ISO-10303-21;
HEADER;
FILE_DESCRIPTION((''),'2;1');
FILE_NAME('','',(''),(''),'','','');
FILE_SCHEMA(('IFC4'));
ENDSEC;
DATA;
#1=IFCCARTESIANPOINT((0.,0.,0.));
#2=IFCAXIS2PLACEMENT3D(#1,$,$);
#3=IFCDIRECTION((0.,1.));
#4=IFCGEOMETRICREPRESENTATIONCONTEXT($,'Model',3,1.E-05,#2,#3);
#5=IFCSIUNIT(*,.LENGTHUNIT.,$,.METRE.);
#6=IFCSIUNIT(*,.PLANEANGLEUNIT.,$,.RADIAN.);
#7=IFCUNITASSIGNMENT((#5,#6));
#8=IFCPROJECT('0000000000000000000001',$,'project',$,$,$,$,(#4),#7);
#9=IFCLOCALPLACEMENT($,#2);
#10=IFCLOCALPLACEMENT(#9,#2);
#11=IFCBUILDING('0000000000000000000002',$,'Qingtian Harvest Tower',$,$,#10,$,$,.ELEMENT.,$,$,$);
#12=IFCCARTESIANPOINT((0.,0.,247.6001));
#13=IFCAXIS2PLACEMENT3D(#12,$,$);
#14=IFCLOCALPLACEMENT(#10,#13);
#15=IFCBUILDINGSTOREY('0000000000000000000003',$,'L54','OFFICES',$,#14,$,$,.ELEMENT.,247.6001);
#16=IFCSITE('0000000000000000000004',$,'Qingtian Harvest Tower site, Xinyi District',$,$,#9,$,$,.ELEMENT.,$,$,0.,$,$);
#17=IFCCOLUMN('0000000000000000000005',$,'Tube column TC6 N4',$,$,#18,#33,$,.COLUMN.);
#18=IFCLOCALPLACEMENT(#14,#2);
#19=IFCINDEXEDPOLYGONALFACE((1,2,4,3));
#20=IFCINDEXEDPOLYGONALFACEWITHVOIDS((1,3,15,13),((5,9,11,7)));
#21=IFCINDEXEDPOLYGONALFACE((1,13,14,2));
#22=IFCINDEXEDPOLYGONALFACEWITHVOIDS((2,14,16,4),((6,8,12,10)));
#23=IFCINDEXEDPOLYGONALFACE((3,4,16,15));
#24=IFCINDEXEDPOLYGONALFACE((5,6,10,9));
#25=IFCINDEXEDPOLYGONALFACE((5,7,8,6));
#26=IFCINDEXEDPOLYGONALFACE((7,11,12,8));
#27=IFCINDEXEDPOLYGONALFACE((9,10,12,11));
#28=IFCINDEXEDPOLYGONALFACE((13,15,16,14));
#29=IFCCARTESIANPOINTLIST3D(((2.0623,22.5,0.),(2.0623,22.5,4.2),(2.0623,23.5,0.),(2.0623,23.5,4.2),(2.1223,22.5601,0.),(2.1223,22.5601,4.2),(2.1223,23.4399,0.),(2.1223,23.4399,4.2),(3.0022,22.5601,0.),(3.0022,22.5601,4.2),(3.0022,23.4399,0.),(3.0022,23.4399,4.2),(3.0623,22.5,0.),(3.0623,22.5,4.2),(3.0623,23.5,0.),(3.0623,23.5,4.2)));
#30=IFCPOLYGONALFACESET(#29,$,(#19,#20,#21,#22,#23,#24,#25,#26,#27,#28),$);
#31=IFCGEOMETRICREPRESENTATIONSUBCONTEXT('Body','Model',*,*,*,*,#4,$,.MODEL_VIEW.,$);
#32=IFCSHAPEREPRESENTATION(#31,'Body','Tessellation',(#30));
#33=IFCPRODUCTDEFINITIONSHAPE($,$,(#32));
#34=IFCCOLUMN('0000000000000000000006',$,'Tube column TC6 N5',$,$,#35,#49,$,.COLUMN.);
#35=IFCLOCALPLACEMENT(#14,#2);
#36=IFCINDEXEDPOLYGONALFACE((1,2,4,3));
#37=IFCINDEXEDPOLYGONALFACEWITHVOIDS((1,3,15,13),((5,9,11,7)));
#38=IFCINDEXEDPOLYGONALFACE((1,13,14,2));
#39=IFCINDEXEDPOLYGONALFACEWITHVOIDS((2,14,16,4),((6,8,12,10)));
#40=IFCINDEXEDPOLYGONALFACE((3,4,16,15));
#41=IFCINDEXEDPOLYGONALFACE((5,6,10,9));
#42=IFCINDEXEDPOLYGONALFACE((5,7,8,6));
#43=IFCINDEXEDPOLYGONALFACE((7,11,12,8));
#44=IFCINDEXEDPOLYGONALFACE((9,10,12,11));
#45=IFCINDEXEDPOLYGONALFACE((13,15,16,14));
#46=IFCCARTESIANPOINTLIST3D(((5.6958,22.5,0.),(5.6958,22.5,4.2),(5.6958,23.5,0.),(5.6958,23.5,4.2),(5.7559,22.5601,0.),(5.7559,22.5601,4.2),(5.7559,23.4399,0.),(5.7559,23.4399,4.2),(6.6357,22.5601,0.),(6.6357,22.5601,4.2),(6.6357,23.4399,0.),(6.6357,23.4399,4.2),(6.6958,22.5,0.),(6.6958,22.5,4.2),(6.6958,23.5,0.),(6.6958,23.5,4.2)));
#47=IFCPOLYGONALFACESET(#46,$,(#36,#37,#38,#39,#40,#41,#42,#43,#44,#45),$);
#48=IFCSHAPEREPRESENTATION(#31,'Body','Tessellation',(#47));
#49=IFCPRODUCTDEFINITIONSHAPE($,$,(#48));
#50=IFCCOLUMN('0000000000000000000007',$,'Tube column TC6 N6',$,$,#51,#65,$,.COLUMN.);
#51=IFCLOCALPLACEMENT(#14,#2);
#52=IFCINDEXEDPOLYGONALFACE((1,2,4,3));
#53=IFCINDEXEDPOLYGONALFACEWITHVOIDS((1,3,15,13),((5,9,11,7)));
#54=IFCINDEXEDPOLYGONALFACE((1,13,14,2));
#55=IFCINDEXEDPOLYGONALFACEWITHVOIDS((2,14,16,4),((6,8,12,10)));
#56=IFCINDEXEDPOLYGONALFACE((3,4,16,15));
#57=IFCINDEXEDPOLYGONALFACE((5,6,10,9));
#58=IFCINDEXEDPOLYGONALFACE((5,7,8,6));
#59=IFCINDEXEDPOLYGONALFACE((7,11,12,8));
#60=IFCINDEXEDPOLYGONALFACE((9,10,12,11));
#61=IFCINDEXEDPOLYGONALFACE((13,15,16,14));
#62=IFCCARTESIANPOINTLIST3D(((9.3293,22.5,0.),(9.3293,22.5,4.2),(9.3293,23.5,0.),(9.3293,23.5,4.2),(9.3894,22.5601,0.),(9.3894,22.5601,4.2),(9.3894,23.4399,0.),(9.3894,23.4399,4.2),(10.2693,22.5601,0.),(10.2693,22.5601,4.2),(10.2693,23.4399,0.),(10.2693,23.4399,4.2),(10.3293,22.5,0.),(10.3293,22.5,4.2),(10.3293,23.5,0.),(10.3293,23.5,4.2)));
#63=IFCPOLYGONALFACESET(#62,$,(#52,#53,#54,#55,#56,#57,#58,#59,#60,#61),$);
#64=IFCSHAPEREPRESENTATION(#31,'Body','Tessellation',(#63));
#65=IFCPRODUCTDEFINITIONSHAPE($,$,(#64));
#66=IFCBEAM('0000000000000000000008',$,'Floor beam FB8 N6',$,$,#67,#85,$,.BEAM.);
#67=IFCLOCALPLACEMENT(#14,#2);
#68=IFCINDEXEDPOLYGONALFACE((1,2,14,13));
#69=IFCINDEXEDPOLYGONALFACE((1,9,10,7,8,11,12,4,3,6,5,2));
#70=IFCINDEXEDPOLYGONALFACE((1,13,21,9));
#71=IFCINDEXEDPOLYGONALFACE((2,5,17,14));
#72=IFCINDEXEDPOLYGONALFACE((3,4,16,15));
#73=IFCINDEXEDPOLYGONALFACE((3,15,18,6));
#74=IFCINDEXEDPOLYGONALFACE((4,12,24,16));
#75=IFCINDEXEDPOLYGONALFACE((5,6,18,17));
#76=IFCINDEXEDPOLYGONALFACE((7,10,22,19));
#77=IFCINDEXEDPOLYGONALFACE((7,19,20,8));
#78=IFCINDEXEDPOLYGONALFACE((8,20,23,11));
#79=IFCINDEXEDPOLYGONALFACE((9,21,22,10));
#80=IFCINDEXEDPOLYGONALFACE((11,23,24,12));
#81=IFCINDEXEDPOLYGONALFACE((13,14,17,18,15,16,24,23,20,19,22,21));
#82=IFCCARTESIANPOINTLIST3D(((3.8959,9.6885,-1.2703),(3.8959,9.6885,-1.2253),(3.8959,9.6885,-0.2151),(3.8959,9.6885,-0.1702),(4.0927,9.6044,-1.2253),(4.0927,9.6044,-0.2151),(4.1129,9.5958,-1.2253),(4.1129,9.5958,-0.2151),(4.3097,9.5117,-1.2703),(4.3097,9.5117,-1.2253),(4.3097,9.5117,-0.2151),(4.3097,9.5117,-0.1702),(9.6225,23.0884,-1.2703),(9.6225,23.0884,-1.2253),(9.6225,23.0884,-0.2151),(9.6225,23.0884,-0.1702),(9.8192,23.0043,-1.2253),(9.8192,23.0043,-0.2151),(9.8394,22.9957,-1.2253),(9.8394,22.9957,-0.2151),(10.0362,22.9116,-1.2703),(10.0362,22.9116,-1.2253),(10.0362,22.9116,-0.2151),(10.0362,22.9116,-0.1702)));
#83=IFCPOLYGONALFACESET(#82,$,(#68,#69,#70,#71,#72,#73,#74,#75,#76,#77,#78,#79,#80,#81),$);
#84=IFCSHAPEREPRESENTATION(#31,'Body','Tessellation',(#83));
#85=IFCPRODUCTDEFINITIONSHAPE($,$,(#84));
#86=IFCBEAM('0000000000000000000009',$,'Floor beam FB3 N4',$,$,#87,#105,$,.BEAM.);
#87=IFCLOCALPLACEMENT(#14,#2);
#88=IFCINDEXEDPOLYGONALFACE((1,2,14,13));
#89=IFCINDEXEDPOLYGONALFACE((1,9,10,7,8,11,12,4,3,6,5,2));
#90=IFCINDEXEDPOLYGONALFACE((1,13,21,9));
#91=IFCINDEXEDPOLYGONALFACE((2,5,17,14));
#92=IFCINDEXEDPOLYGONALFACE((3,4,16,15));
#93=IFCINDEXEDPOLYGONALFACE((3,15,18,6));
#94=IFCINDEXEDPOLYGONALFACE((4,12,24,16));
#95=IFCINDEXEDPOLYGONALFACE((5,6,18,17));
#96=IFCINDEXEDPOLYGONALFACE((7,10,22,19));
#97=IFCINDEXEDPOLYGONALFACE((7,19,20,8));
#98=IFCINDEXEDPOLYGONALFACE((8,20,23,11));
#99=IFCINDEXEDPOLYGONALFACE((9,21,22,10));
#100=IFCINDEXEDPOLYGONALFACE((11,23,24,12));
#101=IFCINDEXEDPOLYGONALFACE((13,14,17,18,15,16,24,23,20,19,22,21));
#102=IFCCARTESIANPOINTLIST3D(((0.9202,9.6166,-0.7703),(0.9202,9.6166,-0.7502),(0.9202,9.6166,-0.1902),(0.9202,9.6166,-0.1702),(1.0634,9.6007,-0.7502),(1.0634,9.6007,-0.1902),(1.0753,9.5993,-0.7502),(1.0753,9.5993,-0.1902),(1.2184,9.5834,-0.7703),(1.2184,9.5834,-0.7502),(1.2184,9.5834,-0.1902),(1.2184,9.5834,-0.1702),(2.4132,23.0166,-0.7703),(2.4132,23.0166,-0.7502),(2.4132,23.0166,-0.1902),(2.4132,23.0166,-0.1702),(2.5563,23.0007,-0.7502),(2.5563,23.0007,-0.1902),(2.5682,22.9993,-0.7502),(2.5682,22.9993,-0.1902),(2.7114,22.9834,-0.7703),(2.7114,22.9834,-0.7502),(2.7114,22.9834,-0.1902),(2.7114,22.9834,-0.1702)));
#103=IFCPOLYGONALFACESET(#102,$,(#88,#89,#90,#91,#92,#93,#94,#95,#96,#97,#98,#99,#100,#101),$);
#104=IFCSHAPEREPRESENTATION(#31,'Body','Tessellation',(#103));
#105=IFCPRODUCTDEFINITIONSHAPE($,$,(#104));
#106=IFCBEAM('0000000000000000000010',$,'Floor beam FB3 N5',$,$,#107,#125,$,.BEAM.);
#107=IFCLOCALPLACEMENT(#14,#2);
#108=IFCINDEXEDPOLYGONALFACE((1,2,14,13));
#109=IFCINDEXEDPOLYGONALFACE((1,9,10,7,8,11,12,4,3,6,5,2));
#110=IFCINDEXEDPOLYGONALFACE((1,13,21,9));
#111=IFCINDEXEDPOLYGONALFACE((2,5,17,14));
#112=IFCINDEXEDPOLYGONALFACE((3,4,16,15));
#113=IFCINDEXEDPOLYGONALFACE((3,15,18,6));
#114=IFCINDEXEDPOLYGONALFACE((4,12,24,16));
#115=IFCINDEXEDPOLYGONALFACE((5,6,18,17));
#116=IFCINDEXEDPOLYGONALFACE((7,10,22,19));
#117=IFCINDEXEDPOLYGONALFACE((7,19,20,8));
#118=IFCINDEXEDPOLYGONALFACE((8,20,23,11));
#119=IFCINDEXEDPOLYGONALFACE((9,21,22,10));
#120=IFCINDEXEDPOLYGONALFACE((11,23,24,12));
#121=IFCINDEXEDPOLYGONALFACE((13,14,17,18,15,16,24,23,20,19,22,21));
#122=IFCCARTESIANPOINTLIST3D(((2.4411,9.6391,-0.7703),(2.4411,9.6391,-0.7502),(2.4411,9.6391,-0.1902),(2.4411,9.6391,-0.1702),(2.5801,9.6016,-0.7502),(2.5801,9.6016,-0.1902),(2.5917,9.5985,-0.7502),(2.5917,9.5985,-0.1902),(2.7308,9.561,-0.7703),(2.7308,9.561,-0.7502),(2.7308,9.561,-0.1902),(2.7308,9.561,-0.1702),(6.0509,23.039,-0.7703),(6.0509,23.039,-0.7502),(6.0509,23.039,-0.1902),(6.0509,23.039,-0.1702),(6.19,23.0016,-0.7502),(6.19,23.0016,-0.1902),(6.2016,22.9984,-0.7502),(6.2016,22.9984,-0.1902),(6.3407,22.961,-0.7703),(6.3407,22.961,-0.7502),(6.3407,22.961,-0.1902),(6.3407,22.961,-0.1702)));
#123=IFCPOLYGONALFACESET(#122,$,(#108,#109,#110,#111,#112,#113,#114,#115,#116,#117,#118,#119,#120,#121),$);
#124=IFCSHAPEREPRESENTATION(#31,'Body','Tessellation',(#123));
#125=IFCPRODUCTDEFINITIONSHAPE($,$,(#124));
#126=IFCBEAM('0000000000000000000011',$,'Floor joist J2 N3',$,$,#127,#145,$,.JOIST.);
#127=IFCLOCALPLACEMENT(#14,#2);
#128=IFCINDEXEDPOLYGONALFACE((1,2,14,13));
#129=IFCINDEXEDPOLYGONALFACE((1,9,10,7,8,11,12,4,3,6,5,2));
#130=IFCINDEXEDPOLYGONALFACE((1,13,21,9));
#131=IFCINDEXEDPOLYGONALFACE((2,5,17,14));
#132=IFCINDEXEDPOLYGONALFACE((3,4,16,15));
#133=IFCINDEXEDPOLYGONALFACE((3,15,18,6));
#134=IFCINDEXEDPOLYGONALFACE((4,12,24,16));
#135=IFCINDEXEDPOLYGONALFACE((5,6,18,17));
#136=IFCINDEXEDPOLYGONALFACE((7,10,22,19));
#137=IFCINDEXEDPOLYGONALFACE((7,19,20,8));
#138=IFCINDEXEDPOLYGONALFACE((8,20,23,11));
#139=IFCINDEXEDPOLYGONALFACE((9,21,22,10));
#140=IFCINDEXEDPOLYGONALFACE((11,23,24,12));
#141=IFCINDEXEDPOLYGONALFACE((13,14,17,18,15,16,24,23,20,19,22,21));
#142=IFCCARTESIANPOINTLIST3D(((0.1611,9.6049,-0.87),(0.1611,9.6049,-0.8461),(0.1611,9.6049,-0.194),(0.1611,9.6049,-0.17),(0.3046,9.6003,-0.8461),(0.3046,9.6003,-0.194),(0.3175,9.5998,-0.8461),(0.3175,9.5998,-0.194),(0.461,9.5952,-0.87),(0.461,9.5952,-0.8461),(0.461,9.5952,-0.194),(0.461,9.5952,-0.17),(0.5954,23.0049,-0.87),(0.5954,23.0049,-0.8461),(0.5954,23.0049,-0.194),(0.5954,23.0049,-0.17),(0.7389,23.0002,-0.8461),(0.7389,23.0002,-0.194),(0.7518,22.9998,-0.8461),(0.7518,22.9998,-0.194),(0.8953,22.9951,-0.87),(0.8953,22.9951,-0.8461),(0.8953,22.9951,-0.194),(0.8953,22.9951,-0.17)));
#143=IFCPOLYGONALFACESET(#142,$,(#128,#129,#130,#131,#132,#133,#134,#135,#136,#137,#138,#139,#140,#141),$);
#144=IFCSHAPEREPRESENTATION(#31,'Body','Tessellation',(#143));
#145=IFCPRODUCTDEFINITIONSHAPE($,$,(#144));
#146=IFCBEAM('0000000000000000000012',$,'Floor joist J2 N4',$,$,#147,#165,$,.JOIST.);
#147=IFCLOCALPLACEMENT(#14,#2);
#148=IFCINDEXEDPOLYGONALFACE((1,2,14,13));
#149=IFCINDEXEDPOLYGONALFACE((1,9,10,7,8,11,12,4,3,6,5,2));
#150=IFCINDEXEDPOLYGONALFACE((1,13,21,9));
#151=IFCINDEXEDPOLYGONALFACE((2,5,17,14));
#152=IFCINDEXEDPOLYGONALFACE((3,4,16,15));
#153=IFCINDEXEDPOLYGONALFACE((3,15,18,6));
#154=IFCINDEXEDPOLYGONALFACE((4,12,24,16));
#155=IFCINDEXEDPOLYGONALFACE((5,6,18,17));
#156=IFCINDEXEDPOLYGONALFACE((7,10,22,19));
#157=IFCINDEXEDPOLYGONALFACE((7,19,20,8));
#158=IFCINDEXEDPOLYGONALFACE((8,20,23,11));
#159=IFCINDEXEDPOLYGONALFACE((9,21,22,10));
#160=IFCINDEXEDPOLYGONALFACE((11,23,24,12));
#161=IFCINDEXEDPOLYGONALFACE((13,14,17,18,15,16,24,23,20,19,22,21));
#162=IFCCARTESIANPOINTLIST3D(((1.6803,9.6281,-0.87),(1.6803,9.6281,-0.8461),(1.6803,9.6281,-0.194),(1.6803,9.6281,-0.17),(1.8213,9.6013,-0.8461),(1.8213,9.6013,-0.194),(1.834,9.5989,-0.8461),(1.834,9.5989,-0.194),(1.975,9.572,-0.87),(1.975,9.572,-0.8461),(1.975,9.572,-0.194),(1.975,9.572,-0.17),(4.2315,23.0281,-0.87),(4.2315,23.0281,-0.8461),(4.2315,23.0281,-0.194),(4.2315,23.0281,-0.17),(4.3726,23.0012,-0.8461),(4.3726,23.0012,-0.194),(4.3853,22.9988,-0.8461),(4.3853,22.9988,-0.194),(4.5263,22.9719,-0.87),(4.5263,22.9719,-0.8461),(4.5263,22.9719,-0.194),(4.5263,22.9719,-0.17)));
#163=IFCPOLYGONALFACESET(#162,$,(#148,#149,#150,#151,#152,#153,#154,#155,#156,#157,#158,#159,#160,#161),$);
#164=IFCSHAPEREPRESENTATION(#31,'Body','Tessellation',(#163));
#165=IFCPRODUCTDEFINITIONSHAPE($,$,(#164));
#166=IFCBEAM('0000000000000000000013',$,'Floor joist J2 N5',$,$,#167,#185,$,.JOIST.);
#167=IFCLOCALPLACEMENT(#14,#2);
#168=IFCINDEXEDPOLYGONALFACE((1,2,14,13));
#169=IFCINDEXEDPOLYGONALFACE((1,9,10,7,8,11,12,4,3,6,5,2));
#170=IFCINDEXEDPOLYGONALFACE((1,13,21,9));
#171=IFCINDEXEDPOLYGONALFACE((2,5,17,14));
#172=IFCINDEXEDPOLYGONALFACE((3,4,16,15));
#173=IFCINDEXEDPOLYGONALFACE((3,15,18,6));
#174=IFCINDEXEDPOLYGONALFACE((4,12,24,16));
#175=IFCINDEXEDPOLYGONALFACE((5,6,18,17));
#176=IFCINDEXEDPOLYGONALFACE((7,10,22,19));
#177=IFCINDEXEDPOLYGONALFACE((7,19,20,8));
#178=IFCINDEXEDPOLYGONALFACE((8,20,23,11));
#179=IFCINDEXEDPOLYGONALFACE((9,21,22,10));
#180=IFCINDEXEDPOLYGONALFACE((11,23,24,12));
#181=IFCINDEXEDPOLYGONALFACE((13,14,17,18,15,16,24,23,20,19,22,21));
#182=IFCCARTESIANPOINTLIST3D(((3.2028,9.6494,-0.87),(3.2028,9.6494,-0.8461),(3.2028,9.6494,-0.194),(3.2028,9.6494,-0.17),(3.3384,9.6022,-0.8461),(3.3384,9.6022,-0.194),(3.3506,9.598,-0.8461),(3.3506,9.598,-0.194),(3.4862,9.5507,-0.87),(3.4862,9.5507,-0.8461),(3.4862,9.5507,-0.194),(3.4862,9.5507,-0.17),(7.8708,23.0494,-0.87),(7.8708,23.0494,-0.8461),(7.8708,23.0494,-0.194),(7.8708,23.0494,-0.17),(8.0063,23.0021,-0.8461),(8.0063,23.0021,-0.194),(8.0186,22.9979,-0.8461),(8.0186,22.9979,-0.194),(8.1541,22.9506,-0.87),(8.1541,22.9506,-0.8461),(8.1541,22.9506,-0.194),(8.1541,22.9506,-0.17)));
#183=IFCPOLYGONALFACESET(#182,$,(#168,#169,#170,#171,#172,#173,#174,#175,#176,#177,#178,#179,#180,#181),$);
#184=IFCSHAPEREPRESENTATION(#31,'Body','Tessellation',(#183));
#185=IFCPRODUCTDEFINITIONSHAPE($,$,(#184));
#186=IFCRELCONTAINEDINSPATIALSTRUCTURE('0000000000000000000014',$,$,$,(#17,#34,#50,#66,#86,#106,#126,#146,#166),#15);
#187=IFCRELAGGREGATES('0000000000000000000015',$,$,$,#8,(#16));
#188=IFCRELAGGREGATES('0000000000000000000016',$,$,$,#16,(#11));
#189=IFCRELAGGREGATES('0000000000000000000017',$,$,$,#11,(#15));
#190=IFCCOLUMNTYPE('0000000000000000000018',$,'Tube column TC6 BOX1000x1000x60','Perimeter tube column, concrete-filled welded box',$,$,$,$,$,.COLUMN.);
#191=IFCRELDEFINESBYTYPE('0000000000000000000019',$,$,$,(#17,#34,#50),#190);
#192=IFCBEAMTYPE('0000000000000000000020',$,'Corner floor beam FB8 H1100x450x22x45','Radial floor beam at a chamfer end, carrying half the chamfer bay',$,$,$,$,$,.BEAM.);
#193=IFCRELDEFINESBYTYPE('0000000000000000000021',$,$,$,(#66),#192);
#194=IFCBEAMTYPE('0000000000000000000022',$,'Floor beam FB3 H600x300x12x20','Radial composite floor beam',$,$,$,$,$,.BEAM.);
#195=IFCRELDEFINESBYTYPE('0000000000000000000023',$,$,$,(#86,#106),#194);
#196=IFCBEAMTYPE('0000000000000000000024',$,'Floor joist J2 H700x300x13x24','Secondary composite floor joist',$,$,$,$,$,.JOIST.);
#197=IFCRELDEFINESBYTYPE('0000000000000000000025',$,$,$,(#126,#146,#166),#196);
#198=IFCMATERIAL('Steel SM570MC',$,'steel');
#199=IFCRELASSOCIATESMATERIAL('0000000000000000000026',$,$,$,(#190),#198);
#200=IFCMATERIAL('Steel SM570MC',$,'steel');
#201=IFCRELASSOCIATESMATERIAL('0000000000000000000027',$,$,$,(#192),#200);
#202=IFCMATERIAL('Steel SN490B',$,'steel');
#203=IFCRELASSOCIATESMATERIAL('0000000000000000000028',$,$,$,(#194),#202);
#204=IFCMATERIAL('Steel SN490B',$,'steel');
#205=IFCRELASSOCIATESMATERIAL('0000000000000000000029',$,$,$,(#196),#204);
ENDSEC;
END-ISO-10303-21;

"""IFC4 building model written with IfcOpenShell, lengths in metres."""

from ifc_helpers import new_model, si_unit, direction, frame, origin, origin_2d, place, context, subcontext, project, spatial, hollow_rectangle, i_section, extrude, material, material_profile, profile_set, type_object, element, save


model = new_model("IFC4")

# Units and contexts
model_context = context("Model", 3, precision=1e-05, world=origin(), true_north=direction((0.0, 1.0)))
body_context = subcontext(model_context, "Body", "Model", "MODEL_VIEW")
ifc_project = project(units=[si_unit("LENGTHUNIT", "METRE"), si_unit("PLANEANGLEUNIT", "RADIAN")], contexts=[model_context])

# Site, building, storey
site_placement = place(None, origin())
site = spatial("IfcSite", under=ifc_project, at=site_placement, Name="Qingtian Harvest Tower site, Xinyi District", CompositionType="ELEMENT", RefElevation=0.0)
building_placement = place(site_placement, origin())
building = spatial("IfcBuilding", under=site, at=building_placement, Name="Qingtian Harvest Tower", CompositionType="ELEMENT")
storey_placement = place(building_placement, frame((0.0, 0.0, 247.6001)))
storey = spatial("IfcBuildingStorey", under=building, at=storey_placement, Name="L54", Description="OFFICES", CompositionType="ELEMENT", Elevation=247.6001)

# Columns
ifc_material_1 = material(Name="Steel SM570MC", Category="steel")
ifc_material_profile_1 = material_profile(ifc_material_1, hollow_rectangle(XDim=1.0, YDim=1.0, WallThickness=0.0601, at=origin_2d()), Name="BOX1000x1000x60")
ifc_profile_set_1 = profile_set([ifc_material_profile_1], Name="Steel SM570MC")
column_type = type_object("IfcColumnType", Name="Tube column TC6 BOX1000x1000x60", Description="Perimeter tube column, concrete-filled welded box", PredefinedType="COLUMN", material=ifc_profile_set_1)
for number, where, z_axis, x_axis, name in (
    (1, (2.5623, 23.0, 0.0), (0.0, 0.0, 1.0), (-1.0, 0.0, 0.0), "Tube column TC6 N4"),
    (2, (6.1958, 23.0, 0.0), (0.0, 0.0, 1.0), (-1.0, 0.0, 0.0), "Tube column TC6 N5"),
    (3, (9.8293, 23.0, 0.0), (0.0, 0.0, 1.0), (-1.0, 0.0, 0.0), "Tube column TC6 N6"),
):
    element("IfcColumn", number, at=place(storey_placement, frame(where, z_axis=z_axis, x_axis=x_axis)), inside=storey, type_object=column_type, Name=name, PredefinedType="COLUMN", context=body_context, shape_type="SweptSolid", body=[
        extrude(hollow_rectangle(XDim=1.0, YDim=1.0, WallThickness=0.0601, at=origin_2d()), origin(), (0.0, 0.0, 1.0), 4.2),
    ])

# Beams
ifc_material_2 = material(Name="Steel SM570MC", Category="steel")
ifc_material_profile_2 = material_profile(ifc_material_2, i_section(OverallWidth=0.45, OverallDepth=1.1001, WebThickness=0.022, FlangeThickness=0.0449, at=origin_2d()), Name="H1100x450x22x45")
ifc_profile_set_2 = profile_set([ifc_material_profile_2], Name="Steel SM570MC")
beam_type_1 = type_object("IfcBeamType", Name="Corner floor beam FB8 H1100x450x22x45", Description="Radial floor beam at a chamfer end, carrying half the chamfer bay", PredefinedType="BEAM", material=ifc_profile_set_2)
beam_1_placement = place(storey_placement, frame((9.8293, 23.0, -0.7202), z_axis=(-0.392977, -0.919548, 0.0), x_axis=(0.919548, -0.392977, 0.0)))
element("IfcBeam", 4, at=beam_1_placement, inside=storey, type_object=beam_type_1, Name="Floor beam FB8 N6", PredefinedType="BEAM", context=body_context, shape_type="SweptSolid", body=[
    extrude(i_section(OverallWidth=0.45, OverallDepth=1.1001, WebThickness=0.022, FlangeThickness=0.0449, at=origin_2d()), origin(), (0.0, 0.0, 1.0), 14.5723),
])
ifc_material_3 = material(Name="Steel SN490B", Category="steel")
ifc_material_profile_3 = material_profile(ifc_material_3, i_section(OverallWidth=0.3, OverallDepth=0.6001, WebThickness=0.012, FlangeThickness=0.02, at=origin_2d()), Name="H600x300x12x20")
ifc_profile_set_3 = profile_set([ifc_material_profile_3], Name="Steel SN490B")
beam_type_2 = type_object("IfcBeamType", Name="Floor beam FB3 H600x300x12x20", Description="Radial composite floor beam", PredefinedType="BEAM", material=ifc_profile_set_3)
beam_2_placement = place(storey_placement, frame((2.5623, 23.0, -0.4702), z_axis=(-0.110728, -0.993851, 0.0), x_axis=(0.993851, -0.110728, 0.0)))
element("IfcBeam", 5, at=beam_2_placement, inside=storey, type_object=beam_type_2, Name="Floor beam FB3 N4", PredefinedType="BEAM", context=body_context, shape_type="SweptSolid", body=[
    extrude(i_section(OverallWidth=0.3, OverallDepth=0.6001, WebThickness=0.012, FlangeThickness=0.02, at=origin_2d()), origin(), (0.0, 0.0, 1.0), 13.4829),
])
beam_3_placement = place(storey_placement, frame((6.1958, 23.0, -0.4702), z_axis=(-0.260121, -0.965576, 0.0), x_axis=(0.965576, -0.260121, 0.0)))
element("IfcBeam", 6, at=beam_3_placement, inside=storey, type_object=beam_type_2, Name="Floor beam FB3 N5", PredefinedType="BEAM", context=body_context, shape_type="SweptSolid", body=[
    extrude(i_section(OverallWidth=0.3, OverallDepth=0.6001, WebThickness=0.012, FlangeThickness=0.02, at=origin_2d()), origin(), (0.0, 0.0, 1.0), 13.8777),
])
ifc_material_4 = material(Name="Steel SN490B", Category="steel")
ifc_material_profile_4 = material_profile(ifc_material_4, i_section(OverallWidth=0.3, OverallDepth=0.7, WebThickness=0.0129, FlangeThickness=0.0239, at=origin_2d()), Name="H700x300x13x24")
ifc_profile_set_4 = profile_set([ifc_material_profile_4], Name="Steel SN490B")
beam_type_3 = type_object("IfcBeamType", Name="Floor joist J2 H700x300x13x24", Description="Secondary composite floor joist", PredefinedType="JOIST", material=ifc_profile_set_4)
beam_4_placement = place(storey_placement, frame((0.7454, 23.0, -0.52), z_axis=(-0.032396, -0.999475, 0.0), x_axis=(0.999475, -0.032396, 0.0)))
element("IfcBeam", 7, at=beam_4_placement, inside=storey, type_object=beam_type_3, Name="Floor joist J2 N3", PredefinedType="JOIST", context=body_context, shape_type="SweptSolid", body=[
    extrude(i_section(OverallWidth=0.3, OverallDepth=0.7, WebThickness=0.0129, FlangeThickness=0.0239, at=origin_2d()), origin(), (0.0, 0.0, 1.0), 13.407),
])
beam_5_placement = place(storey_placement, frame((4.3789, 23.0, -0.52), z_axis=(-0.187035, -0.982353, 0.0), x_axis=(0.982353, -0.187035, 0.0)))
element("IfcBeam", 8, at=beam_5_placement, inside=storey, type_object=beam_type_3, Name="Floor joist J2 N4", PredefinedType="JOIST", context=body_context, shape_type="SweptSolid", body=[
    extrude(i_section(OverallWidth=0.3, OverallDepth=0.7, WebThickness=0.0129, FlangeThickness=0.0239, at=origin_2d()), origin(), (0.0, 0.0, 1.0), 13.6406),
])
beam_6_placement = place(storey_placement, frame((8.0125, 23.0, -0.52), z_axis=(-0.328969, -0.944341, 0.0), x_axis=(0.944341, -0.328969, 0.0)))
element("IfcBeam", 9, at=beam_6_placement, inside=storey, type_object=beam_type_3, Name="Floor joist J2 N5", PredefinedType="JOIST", context=body_context, shape_type="SweptSolid", body=[
    extrude(i_section(OverallWidth=0.3, OverallDepth=0.7, WebThickness=0.0129, FlangeThickness=0.0239, at=origin_2d()), origin(), (0.0, 0.0, 1.0), 14.1897),
])

save(model, "model.ifc")
